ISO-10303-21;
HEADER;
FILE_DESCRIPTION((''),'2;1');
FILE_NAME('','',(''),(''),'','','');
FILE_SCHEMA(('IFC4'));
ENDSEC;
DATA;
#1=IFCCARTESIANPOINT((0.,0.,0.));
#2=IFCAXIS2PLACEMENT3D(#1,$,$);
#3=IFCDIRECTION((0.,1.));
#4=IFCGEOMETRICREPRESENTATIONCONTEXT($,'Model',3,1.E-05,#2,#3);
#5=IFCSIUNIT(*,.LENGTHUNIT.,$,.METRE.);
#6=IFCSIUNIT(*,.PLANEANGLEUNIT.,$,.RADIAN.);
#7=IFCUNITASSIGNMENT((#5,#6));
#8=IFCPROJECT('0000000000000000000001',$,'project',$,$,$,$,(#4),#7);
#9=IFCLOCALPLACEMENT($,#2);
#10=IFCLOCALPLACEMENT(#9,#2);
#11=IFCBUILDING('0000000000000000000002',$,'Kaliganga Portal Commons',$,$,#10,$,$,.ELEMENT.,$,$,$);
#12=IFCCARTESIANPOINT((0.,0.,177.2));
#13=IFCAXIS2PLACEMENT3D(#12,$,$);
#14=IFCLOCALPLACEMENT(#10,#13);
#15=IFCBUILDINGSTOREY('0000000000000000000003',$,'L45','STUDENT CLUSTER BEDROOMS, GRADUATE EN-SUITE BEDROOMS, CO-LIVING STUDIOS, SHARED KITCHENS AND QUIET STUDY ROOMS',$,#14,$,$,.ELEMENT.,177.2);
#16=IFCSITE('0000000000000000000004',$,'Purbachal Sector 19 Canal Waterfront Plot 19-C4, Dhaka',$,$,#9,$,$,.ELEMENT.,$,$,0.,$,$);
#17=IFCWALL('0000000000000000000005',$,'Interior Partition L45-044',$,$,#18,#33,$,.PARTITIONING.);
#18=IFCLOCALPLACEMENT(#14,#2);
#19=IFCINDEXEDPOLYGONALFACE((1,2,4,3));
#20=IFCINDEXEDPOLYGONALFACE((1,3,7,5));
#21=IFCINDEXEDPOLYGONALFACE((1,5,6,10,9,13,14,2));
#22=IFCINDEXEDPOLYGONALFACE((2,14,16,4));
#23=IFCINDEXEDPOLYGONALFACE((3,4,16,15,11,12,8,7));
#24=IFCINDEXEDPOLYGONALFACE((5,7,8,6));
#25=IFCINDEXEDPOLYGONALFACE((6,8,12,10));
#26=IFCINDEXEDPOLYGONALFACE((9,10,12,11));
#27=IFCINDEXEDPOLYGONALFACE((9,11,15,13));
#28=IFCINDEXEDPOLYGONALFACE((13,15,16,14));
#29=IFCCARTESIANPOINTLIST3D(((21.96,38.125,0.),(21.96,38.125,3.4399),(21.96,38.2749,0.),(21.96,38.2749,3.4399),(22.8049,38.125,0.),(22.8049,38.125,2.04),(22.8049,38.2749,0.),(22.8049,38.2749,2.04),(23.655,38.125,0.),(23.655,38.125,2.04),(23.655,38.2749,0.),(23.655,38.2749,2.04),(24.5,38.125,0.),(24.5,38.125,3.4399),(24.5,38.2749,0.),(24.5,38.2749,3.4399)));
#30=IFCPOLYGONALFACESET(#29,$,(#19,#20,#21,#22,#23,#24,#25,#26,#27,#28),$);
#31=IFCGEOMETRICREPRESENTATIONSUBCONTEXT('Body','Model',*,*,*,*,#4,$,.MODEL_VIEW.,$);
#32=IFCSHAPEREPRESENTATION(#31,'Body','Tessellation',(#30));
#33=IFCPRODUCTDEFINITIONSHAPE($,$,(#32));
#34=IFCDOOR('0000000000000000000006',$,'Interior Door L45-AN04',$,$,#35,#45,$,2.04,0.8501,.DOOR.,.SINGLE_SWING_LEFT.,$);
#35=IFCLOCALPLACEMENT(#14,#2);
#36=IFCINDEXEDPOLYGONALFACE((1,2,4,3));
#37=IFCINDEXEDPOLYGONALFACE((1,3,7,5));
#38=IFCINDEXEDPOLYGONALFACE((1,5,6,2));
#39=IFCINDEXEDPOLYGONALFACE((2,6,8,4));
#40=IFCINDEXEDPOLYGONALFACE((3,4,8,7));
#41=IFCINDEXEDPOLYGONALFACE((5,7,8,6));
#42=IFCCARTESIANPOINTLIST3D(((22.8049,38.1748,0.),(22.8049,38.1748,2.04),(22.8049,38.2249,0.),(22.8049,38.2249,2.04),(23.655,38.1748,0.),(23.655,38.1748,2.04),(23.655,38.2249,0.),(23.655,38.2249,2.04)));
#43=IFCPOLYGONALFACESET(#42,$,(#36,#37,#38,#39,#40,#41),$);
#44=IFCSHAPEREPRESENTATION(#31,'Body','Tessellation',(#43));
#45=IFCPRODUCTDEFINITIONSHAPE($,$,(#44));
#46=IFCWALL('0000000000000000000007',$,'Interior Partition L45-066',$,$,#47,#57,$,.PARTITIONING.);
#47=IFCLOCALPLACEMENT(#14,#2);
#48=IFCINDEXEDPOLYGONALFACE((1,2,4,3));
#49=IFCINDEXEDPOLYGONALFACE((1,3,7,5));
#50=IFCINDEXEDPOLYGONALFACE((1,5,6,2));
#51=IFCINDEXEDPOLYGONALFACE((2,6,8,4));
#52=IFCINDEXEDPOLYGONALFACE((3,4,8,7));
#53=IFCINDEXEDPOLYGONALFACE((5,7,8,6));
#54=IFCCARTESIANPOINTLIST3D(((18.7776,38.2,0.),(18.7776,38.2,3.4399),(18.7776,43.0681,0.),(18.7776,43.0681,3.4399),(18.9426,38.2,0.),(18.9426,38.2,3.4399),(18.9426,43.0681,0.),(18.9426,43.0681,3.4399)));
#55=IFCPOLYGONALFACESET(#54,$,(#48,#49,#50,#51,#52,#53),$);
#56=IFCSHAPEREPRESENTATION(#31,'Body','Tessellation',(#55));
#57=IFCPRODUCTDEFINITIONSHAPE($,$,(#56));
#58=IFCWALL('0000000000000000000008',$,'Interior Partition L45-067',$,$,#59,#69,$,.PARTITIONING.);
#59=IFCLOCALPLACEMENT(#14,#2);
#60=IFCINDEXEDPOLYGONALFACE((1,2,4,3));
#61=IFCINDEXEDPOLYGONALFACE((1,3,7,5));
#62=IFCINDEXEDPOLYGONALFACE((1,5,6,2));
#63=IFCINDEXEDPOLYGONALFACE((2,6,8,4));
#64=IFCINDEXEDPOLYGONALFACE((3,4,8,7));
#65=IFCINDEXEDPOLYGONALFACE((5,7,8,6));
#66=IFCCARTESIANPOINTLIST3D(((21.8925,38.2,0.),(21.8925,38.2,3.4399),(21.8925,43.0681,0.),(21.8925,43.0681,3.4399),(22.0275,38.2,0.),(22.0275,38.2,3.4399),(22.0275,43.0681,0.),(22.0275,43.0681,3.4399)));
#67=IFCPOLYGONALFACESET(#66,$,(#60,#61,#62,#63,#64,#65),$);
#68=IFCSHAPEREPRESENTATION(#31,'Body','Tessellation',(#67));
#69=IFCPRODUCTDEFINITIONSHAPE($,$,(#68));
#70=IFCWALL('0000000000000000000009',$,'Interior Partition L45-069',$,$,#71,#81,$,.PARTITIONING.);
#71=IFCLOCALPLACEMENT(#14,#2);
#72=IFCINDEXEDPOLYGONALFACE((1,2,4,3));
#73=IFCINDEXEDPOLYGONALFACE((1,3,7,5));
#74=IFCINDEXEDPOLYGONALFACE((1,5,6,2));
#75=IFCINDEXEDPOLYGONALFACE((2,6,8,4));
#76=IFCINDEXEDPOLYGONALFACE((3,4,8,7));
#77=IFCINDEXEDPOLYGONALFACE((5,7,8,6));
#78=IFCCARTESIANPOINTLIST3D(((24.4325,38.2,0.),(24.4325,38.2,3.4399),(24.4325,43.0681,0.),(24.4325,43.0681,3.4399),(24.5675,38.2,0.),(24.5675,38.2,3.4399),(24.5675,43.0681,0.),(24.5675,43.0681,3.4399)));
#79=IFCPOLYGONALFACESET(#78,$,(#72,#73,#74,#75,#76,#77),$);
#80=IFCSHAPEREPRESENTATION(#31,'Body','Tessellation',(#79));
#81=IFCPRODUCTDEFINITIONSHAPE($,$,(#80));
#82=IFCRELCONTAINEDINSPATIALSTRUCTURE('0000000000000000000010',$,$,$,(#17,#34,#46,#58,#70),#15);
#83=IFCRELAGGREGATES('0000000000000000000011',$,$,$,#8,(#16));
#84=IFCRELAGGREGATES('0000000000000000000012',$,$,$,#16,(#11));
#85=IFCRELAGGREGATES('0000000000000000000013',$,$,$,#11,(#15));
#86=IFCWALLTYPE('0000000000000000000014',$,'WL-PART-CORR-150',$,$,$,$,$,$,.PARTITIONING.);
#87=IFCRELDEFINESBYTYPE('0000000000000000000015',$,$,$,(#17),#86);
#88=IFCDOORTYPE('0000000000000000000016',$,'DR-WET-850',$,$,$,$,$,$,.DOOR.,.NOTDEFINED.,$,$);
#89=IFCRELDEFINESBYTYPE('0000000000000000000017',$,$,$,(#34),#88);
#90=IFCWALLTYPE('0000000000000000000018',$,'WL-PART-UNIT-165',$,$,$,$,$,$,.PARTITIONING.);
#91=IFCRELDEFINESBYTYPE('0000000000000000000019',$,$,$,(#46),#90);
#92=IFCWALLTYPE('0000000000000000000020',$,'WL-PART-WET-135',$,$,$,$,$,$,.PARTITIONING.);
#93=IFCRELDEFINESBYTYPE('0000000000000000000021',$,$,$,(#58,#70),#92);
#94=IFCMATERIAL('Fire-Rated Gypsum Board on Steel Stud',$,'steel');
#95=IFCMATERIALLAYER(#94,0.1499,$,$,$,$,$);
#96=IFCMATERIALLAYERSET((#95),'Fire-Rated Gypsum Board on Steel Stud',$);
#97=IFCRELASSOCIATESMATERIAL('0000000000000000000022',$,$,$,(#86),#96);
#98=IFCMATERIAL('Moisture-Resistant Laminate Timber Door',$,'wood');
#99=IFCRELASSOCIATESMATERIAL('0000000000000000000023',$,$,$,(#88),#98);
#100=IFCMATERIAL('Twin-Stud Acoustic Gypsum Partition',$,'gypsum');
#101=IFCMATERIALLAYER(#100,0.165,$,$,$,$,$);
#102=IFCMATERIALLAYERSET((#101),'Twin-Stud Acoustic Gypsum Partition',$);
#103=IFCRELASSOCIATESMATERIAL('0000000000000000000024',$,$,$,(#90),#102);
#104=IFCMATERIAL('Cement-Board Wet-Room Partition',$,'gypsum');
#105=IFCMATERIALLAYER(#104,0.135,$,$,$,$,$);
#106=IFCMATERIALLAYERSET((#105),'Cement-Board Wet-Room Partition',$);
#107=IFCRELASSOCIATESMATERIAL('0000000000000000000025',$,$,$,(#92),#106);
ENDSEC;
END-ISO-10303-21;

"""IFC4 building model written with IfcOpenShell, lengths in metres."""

from ifc_helpers import new_model, si_unit, direction, frame, frame_2d, origin, place, context, subcontext, project, spatial, rectangle, extrude, material, layer, layer_set, type_object, element, fill, save


model = new_model("IFC4")

# Units and contexts
model_context = context("Model", 3, precision=1e-05, world=origin(), true_north=direction((0.0, 1.0)))
body_context = subcontext(model_context, "Body", "Model", "MODEL_VIEW")
ifc_project = project(units=[si_unit("LENGTHUNIT", "METRE"), si_unit("PLANEANGLEUNIT", "RADIAN")], contexts=[model_context])

# Site, building, storey
site_placement = place(None, origin())
site = spatial("IfcSite", under=ifc_project, at=site_placement, Name="Purbachal Sector 19 Canal Waterfront Plot 19-C4, Dhaka", CompositionType="ELEMENT", RefElevation=0.0)
building_placement = place(site_placement, origin())
building = spatial("IfcBuilding", under=site, at=building_placement, Name="Kaliganga Portal Commons", CompositionType="ELEMENT")
storey_placement = place(building_placement, frame((0.0, 0.0, 177.2)))
storey = spatial("IfcBuildingStorey", under=building, at=storey_placement, Name="L45", Description="STUDENT CLUSTER BEDROOMS, GRADUATE EN-SUITE BEDROOMS, CO-LIVING STUDIOS, SHARED KITCHENS AND QUIET STUDY ROOMS", CompositionType="ELEMENT", Elevation=177.2)

# Wall, opening, door
ifc_material_1 = material(Name="Fire-Rated Gypsum Board on Steel Stud", Category="steel")
ifc_layer_1 = layer(ifc_material_1, 0.1499)
ifc_layer_set_1 = layer_set([ifc_layer_1], Name="Fire-Rated Gypsum Board on Steel Stud")
wall_type_1 = type_object("IfcWallType", Name="WL-PART-CORR-150", PredefinedType="PARTITIONING", material=ifc_layer_set_1)
ifc_material_2 = material(Name="Moisture-Resistant Laminate Timber Door", Category="wood")
door_type_1 = type_object("IfcDoorType", Name="DR-WET-850", OperationType="NOTDEFINED", PredefinedType="DOOR", material=ifc_material_2)
wall_1_placement = place(storey_placement, frame((21.96, 38.2, 0.0), z_axis=(0.0, 0.0, 1.0), x_axis=(1.0, 0.0, 0.0)))
wall_1 = element("IfcWall", 1, at=wall_1_placement, inside=storey, type_object=wall_type_1, Name="Interior Partition L45-044", PredefinedType="PARTITIONING", context=body_context, shape_type="SweptSolid", body=[
    extrude(rectangle(XDim=2.54, YDim=0.1499, at=frame_2d((1.27, 0.0))), origin(), (0.0, 0.0, 1.0), 3.4399),
])
opening_1_placement = place(wall_1_placement, frame((0.845, 0.0, 0.0)))
opening_1 = element("IfcOpeningElement", 2, at=opening_1_placement, cuts=wall_1, PredefinedType="OPENING", context=body_context, shape_type="SweptSolid", body=[
    extrude(rectangle(XDim=0.8501, YDim=2.04, at=frame_2d((0.425, 1.02))), frame((0.0, 0.085, 0.0), z_axis=(0.0, -1.0, 0.0), x_axis=(1.0, 0.0, 0.0)), (0.0, 0.0, 1.0), 0.1699),
])
door_1_placement = place(opening_1_placement, origin())
door_1 = element("IfcDoor", 3, at=door_1_placement, inside=storey, type_object=door_type_1, Name="Interior Door L45-AN04", OperationType="SINGLE_SWING_LEFT", OverallHeight=2.04, OverallWidth=0.8501, PredefinedType="DOOR", context=body_context, shape_type="SweptSolid", body=[
    extrude(rectangle(XDim=0.8501, YDim=2.04, at=frame_2d((0.425, 1.02))), frame((0.0, 0.0249, 0.0), z_axis=(0.0, -1.0, 0.0), x_axis=(1.0, 0.0, 0.0)), (0.0, 0.0, 1.0), 0.05),
])
fill(opening_1, door_1)

# Walls
ifc_material_3 = material(Name="Twin-Stud Acoustic Gypsum Partition", Category="gypsum")
ifc_layer_2 = layer(ifc_material_3, 0.165)
ifc_layer_set_2 = layer_set([ifc_layer_2], Name="Twin-Stud Acoustic Gypsum Partition")
wall_type_2 = type_object("IfcWallType", Name="WL-PART-UNIT-165", PredefinedType="PARTITIONING", material=ifc_layer_set_2)
wall_2_placement = place(storey_placement, frame((18.8601, 38.2, 0.0), z_axis=(0.0, 0.0, 1.0), x_axis=(0.0, 1.0, 0.0)))
element("IfcWall", 4, at=wall_2_placement, inside=storey, type_object=wall_type_2, Name="Interior Partition L45-066", PredefinedType="PARTITIONING", context=body_context, shape_type="SweptSolid", body=[
    extrude(rectangle(XDim=4.8682, YDim=0.165, at=frame_2d((2.4341, 0.0))), origin(), (0.0, 0.0, 1.0), 3.4399),
])
ifc_material_4 = material(Name="Cement-Board Wet-Room Partition", Category="gypsum")
ifc_layer_3 = layer(ifc_material_4, 0.135)
ifc_layer_set_3 = layer_set([ifc_layer_3], Name="Cement-Board Wet-Room Partition")
wall_type_3 = type_object("IfcWallType", Name="WL-PART-WET-135", PredefinedType="PARTITIONING", material=ifc_layer_set_3)
for number, where, z_axis, x_axis, name in (
    (5, (21.96, 38.2, 0.0), (0.0, 0.0, 1.0), (0.0, 1.0, 0.0), "Interior Partition L45-067"),
    (6, (24.5, 38.2, 0.0), (0.0, 0.0, 1.0), (0.0, 1.0, 0.0), "Interior Partition L45-069"),
):
    element("IfcWall", number, at=place(storey_placement, frame(where, z_axis=z_axis, x_axis=x_axis)), inside=storey, type_object=wall_type_3, Name=name, PredefinedType="PARTITIONING", context=body_context, shape_type="SweptSolid", body=[
        extrude(rectangle(XDim=4.8682, YDim=0.135, at=frame_2d((2.4341, 0.0))), origin(), (0.0, 0.0, 1.0), 3.4399),
    ])

save(model, "model.ifc")
